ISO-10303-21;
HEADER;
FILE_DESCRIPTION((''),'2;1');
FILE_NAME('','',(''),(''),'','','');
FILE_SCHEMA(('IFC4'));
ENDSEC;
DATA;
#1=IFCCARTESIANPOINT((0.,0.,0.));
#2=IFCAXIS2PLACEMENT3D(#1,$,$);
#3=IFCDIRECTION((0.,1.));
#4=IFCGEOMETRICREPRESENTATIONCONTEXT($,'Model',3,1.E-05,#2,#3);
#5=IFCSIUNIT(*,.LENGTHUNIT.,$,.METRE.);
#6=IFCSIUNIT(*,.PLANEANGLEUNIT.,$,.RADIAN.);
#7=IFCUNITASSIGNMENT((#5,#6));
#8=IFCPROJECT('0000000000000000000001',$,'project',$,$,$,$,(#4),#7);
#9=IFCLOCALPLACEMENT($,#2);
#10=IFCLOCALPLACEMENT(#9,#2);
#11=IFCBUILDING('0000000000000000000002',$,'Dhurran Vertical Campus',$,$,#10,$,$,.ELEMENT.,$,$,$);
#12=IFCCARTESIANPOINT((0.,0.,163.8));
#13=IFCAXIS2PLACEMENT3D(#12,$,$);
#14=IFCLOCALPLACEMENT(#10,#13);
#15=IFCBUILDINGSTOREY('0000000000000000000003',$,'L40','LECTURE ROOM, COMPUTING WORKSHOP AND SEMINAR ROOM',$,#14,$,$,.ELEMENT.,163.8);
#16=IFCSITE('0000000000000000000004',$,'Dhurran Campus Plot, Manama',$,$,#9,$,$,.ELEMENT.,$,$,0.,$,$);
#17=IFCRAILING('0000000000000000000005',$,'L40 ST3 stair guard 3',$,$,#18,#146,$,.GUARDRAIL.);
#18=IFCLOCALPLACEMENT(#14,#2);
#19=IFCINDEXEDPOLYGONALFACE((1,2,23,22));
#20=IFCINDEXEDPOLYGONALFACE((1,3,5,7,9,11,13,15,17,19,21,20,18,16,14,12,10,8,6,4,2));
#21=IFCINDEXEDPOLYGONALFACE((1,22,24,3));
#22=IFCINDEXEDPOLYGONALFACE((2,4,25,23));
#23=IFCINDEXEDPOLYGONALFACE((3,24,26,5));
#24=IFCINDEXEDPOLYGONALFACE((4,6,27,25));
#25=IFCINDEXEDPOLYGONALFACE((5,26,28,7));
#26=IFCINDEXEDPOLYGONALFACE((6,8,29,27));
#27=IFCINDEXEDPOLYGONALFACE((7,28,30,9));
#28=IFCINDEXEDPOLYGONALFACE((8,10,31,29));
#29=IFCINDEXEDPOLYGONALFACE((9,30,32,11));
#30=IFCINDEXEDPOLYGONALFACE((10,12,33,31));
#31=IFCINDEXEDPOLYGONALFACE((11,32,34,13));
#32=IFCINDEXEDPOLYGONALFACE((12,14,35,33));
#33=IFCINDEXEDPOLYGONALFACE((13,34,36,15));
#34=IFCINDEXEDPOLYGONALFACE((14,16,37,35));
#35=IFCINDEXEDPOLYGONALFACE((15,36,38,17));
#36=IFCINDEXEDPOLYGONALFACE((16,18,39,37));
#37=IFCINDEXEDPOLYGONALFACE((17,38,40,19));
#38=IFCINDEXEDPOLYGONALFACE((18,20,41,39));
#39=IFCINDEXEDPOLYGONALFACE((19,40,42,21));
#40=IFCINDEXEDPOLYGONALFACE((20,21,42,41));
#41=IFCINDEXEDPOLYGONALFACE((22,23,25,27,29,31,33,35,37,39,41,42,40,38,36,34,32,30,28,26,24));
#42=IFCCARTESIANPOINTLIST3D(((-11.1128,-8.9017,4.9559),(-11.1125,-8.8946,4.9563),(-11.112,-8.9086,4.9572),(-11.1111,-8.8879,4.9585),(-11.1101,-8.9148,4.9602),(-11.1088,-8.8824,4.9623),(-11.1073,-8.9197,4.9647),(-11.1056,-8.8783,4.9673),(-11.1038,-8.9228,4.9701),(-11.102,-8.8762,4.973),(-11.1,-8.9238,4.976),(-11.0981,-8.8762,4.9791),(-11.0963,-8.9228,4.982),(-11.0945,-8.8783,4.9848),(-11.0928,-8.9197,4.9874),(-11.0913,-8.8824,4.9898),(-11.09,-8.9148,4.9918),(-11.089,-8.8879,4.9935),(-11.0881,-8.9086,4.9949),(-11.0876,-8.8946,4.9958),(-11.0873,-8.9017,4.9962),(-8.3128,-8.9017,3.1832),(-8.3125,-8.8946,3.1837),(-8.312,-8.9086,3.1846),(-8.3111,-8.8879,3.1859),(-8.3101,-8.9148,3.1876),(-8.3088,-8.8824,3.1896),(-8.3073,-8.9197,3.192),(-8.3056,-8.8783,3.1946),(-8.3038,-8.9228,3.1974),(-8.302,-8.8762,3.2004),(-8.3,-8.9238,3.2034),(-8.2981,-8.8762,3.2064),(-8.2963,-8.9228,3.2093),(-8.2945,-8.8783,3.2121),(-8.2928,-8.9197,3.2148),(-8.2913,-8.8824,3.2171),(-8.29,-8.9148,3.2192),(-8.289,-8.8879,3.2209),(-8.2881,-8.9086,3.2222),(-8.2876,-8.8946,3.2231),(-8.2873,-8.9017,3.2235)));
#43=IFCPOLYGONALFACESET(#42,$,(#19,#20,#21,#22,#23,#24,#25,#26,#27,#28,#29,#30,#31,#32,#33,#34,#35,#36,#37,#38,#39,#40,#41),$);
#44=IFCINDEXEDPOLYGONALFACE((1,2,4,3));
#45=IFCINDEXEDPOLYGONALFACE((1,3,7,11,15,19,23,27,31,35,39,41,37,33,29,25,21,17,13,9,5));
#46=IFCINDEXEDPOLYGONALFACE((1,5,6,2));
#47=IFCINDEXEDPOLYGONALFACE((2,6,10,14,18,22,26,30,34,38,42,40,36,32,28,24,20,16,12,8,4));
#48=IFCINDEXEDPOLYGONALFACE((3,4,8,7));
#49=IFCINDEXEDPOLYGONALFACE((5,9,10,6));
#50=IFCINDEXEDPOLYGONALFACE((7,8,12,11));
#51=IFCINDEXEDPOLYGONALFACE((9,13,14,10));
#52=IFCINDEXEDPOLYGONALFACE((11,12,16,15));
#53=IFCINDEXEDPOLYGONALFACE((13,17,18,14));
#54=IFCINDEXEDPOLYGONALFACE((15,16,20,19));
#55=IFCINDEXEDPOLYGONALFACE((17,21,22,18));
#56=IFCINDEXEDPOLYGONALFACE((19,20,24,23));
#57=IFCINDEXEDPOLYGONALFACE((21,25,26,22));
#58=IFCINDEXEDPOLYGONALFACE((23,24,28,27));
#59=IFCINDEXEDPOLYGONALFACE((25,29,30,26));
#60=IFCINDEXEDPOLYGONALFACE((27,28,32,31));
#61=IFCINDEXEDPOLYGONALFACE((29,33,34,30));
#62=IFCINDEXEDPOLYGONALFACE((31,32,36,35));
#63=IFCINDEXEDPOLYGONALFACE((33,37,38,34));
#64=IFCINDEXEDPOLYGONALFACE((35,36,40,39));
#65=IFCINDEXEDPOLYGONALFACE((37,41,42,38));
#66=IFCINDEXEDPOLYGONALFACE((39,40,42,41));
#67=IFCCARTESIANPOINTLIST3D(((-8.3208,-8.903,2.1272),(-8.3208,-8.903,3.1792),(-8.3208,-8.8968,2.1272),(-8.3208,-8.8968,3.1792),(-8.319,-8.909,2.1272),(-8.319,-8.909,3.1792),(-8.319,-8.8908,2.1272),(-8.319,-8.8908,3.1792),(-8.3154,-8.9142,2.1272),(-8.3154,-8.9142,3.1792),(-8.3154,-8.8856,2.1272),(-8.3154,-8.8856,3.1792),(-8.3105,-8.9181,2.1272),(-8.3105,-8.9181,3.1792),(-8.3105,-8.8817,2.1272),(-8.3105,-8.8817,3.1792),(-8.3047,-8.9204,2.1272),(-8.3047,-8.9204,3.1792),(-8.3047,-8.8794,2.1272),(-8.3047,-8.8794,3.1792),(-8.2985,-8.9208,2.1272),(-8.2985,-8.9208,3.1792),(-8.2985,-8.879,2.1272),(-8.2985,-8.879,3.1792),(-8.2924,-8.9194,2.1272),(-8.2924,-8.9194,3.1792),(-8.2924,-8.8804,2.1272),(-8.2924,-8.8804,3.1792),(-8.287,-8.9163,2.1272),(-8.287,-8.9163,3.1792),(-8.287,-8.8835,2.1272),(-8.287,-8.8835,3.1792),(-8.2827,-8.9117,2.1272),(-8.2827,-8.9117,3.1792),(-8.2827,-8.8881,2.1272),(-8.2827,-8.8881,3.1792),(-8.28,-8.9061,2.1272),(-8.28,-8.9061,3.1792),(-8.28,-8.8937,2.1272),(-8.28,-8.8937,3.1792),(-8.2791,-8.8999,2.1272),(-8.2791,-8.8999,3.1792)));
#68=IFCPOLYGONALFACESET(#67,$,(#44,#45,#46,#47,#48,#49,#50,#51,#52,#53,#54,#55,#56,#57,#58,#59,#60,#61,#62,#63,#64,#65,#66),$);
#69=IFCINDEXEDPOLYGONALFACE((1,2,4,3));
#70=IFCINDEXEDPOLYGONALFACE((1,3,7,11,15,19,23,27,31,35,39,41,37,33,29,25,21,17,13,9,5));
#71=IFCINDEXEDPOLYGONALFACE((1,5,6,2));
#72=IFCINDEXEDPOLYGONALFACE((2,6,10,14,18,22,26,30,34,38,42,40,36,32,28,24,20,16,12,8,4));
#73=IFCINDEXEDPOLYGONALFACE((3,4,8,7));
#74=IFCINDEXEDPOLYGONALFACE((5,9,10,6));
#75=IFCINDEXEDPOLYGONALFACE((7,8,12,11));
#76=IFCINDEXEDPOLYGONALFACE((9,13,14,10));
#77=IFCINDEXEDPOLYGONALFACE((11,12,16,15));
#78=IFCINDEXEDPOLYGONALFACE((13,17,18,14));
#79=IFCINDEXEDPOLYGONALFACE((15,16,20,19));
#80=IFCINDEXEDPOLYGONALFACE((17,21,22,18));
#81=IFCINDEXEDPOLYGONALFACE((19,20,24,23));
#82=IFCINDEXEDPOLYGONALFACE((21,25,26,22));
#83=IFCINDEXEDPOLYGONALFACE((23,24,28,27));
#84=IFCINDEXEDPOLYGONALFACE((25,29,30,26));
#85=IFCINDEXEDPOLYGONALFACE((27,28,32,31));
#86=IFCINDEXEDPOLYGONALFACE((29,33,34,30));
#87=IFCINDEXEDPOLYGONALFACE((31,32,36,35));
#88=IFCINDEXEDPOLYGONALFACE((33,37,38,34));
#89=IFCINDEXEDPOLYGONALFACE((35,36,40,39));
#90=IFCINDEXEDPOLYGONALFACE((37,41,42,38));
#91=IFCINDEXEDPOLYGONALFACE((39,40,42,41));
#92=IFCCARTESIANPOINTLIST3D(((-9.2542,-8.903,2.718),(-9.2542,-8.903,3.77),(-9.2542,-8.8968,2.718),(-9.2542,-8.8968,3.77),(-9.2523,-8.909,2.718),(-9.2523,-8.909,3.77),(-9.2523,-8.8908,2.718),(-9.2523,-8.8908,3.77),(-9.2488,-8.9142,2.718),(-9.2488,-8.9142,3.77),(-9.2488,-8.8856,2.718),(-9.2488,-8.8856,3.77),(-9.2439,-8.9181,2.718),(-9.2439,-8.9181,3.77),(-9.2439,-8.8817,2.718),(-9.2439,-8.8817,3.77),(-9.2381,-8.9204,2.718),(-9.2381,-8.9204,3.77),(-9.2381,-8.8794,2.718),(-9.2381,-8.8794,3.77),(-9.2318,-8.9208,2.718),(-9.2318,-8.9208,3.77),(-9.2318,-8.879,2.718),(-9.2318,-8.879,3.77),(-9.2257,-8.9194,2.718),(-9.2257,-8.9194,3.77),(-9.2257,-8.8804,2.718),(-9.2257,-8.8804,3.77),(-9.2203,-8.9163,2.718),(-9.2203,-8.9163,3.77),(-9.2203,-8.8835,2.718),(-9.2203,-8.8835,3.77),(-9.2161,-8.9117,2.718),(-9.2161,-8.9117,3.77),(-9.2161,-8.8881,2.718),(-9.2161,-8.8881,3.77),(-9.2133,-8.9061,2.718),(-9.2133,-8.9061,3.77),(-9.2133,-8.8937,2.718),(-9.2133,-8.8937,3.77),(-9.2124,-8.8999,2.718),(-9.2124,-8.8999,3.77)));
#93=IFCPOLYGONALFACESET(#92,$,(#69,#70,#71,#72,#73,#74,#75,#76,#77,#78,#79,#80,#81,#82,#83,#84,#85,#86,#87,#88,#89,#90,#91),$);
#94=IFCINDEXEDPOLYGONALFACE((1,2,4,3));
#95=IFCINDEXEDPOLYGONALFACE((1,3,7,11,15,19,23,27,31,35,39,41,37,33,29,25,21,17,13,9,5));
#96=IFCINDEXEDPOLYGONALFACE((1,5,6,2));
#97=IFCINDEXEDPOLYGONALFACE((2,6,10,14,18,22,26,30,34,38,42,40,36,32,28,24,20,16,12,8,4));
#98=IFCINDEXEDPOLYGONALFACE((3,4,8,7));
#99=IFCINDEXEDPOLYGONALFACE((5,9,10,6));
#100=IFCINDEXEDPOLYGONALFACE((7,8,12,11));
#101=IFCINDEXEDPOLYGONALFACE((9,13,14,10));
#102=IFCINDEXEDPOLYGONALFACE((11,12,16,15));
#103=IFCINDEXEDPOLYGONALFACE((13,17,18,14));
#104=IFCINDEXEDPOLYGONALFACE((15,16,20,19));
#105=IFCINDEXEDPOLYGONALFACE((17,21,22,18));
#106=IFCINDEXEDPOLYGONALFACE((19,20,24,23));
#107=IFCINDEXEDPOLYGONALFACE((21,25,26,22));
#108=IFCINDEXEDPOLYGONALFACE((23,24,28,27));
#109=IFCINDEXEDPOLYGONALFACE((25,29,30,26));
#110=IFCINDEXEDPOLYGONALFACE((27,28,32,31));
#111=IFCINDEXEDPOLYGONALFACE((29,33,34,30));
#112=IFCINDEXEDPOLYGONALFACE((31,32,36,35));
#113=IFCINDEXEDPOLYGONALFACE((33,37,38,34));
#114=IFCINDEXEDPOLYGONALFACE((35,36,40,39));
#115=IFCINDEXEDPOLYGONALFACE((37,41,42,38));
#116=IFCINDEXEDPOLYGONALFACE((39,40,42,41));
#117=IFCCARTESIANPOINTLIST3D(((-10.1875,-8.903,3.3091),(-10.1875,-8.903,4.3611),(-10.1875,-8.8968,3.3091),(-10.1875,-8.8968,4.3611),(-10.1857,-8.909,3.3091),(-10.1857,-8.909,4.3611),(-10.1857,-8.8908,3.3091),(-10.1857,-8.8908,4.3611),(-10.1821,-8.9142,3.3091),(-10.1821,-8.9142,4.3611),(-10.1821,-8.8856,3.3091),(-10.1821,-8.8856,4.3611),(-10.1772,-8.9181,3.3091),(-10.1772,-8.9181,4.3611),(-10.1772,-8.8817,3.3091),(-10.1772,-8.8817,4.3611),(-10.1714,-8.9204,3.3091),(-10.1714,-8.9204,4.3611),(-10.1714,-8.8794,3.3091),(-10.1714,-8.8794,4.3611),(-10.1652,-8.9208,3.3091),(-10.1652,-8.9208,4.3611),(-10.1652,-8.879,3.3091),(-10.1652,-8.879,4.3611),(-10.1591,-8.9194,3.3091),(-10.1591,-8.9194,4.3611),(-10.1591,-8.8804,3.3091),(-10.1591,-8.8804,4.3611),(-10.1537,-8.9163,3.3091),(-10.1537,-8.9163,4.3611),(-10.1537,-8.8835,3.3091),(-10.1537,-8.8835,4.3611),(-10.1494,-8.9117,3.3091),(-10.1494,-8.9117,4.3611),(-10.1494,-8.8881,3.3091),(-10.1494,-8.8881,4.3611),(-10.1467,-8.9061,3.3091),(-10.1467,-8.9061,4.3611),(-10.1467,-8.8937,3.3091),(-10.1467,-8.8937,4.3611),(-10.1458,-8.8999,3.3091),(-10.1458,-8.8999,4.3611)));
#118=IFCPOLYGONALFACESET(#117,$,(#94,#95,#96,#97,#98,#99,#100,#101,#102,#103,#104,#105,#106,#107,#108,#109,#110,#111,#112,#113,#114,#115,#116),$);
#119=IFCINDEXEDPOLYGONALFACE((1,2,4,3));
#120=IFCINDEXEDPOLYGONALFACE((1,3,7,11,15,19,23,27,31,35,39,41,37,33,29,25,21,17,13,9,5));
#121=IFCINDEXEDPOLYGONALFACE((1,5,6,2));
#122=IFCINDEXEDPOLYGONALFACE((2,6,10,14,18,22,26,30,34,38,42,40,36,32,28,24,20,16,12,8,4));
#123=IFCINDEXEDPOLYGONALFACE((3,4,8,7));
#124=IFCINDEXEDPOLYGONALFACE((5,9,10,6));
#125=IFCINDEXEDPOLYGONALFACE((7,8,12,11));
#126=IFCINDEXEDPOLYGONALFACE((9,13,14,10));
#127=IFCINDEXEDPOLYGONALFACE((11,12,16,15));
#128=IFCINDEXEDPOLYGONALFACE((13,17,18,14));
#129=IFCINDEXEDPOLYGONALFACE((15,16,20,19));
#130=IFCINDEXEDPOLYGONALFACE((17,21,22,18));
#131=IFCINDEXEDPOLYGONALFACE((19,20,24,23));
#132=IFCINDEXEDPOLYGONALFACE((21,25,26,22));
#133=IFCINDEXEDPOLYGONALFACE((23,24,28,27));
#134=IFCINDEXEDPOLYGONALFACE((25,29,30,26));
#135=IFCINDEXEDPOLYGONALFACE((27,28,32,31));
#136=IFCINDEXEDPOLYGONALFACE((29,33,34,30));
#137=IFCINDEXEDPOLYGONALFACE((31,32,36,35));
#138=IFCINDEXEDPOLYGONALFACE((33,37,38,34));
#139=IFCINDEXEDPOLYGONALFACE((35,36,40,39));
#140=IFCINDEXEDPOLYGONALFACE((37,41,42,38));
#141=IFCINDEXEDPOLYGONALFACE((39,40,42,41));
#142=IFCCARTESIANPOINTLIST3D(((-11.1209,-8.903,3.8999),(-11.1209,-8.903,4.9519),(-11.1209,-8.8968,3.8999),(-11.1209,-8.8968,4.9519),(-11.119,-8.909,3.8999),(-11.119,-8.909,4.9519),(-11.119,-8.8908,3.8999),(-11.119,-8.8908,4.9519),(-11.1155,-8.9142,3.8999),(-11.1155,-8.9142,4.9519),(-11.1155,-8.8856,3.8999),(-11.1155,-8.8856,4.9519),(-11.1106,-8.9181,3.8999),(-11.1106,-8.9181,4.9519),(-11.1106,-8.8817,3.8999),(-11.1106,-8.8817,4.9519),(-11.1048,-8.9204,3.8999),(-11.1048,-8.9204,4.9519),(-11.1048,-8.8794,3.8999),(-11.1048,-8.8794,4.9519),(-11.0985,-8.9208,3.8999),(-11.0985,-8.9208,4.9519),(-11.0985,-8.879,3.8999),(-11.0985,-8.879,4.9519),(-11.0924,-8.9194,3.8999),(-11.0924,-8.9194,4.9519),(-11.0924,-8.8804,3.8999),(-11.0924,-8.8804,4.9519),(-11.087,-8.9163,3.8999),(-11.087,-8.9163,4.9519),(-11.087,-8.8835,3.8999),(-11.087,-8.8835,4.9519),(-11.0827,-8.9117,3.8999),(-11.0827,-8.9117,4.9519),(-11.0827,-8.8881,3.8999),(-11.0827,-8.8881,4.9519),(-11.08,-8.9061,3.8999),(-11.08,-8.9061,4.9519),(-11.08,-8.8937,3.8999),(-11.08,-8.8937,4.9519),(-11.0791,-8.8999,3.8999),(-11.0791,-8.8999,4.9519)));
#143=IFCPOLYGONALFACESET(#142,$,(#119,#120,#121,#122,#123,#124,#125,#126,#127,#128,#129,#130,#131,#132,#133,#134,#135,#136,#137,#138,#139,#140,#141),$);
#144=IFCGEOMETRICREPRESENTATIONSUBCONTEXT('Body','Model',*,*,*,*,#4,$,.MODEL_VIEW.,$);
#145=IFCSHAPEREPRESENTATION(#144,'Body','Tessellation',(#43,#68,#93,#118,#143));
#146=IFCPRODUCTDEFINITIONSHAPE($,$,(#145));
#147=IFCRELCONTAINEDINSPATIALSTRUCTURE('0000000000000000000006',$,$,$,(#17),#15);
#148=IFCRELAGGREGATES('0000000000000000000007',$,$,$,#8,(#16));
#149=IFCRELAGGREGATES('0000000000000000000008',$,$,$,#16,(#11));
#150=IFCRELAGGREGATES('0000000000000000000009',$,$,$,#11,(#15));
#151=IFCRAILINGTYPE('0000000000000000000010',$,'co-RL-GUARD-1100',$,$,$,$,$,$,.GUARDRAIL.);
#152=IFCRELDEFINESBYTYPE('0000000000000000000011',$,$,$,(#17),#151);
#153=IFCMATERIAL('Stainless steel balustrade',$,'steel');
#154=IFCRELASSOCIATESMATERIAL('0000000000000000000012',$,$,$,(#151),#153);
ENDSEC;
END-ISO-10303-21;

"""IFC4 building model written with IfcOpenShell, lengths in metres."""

from ifc_helpers import new_model, si_unit, direction, frame, origin, origin_2d, place, context, subcontext, project, spatial, circle, extrude, material, type_object, element, save


model = new_model("IFC4")

# Units and contexts
model_context = context("Model", 3, precision=1e-05, world=origin(), true_north=direction((0.0, 1.0)))
body_context = subcontext(model_context, "Body", "Model", "MODEL_VIEW")
ifc_project = project(units=[si_unit("LENGTHUNIT", "METRE"), si_unit("PLANEANGLEUNIT", "RADIAN")], contexts=[model_context])

# Site, building, storey
site_placement = place(None, origin())
site = spatial("IfcSite", under=ifc_project, at=site_placement, Name="Dhurran Campus Plot, Manama", CompositionType="ELEMENT", RefElevation=0.0)
building_placement = place(site_placement, origin())
building = spatial("IfcBuilding", under=site, at=building_placement, Name="Dhurran Vertical Campus", CompositionType="ELEMENT")
storey_placement = place(building_placement, frame((0.0, 0.0, 163.8)))
storey = spatial("IfcBuildingStorey", under=building, at=storey_placement, Name="L40", Description="LECTURE ROOM, COMPUTING WORKSHOP AND SEMINAR ROOM", CompositionType="ELEMENT", Elevation=163.8)

# Railing
ifc_material_1 = material(Name="Stainless steel balustrade", Category="steel")
railing_type_1 = type_object("IfcRailingType", Name="co-RL-GUARD-1100", PredefinedType="GUARDRAIL", material=ifc_material_1)
railing_1_placement = place(storey_placement, frame((-8.3, -8.8999, 2.1272)))
element("IfcRailing", 1, at=railing_1_placement, inside=storey, type_object=railing_type_1, Name="L40 ST3 stair guard 3", PredefinedType="GUARDRAIL", context=body_context, shape_type="SweptSolid", body=[
    extrude(circle(Radius=0.0239, at=origin_2d()), frame((0.0, 0.0, 1.0762), z_axis=(-0.844909, 0.0, 0.53491), x_axis=(0.0, -1.0, 0.0)), (0.0, 0.0, 1.0), 3.314),
    extrude(circle(Radius=0.021, at=origin_2d()), origin(), (0.0, 0.0, 1.0), 1.052),
    extrude(circle(Radius=0.021, at=origin_2d()), frame((-0.9333, 0.0, 0.5908)), (0.0, 0.0, 1.0), 1.052),
    extrude(circle(Radius=0.021, at=origin_2d()), frame((-1.8667, 0.0, 1.1819)), (0.0, 0.0, 1.0), 1.052),
    extrude(circle(Radius=0.021, at=origin_2d()), frame((-2.8, 0.0, 1.7727)), (0.0, 0.0, 1.0), 1.052),
])

save(model, "model.ifc")
